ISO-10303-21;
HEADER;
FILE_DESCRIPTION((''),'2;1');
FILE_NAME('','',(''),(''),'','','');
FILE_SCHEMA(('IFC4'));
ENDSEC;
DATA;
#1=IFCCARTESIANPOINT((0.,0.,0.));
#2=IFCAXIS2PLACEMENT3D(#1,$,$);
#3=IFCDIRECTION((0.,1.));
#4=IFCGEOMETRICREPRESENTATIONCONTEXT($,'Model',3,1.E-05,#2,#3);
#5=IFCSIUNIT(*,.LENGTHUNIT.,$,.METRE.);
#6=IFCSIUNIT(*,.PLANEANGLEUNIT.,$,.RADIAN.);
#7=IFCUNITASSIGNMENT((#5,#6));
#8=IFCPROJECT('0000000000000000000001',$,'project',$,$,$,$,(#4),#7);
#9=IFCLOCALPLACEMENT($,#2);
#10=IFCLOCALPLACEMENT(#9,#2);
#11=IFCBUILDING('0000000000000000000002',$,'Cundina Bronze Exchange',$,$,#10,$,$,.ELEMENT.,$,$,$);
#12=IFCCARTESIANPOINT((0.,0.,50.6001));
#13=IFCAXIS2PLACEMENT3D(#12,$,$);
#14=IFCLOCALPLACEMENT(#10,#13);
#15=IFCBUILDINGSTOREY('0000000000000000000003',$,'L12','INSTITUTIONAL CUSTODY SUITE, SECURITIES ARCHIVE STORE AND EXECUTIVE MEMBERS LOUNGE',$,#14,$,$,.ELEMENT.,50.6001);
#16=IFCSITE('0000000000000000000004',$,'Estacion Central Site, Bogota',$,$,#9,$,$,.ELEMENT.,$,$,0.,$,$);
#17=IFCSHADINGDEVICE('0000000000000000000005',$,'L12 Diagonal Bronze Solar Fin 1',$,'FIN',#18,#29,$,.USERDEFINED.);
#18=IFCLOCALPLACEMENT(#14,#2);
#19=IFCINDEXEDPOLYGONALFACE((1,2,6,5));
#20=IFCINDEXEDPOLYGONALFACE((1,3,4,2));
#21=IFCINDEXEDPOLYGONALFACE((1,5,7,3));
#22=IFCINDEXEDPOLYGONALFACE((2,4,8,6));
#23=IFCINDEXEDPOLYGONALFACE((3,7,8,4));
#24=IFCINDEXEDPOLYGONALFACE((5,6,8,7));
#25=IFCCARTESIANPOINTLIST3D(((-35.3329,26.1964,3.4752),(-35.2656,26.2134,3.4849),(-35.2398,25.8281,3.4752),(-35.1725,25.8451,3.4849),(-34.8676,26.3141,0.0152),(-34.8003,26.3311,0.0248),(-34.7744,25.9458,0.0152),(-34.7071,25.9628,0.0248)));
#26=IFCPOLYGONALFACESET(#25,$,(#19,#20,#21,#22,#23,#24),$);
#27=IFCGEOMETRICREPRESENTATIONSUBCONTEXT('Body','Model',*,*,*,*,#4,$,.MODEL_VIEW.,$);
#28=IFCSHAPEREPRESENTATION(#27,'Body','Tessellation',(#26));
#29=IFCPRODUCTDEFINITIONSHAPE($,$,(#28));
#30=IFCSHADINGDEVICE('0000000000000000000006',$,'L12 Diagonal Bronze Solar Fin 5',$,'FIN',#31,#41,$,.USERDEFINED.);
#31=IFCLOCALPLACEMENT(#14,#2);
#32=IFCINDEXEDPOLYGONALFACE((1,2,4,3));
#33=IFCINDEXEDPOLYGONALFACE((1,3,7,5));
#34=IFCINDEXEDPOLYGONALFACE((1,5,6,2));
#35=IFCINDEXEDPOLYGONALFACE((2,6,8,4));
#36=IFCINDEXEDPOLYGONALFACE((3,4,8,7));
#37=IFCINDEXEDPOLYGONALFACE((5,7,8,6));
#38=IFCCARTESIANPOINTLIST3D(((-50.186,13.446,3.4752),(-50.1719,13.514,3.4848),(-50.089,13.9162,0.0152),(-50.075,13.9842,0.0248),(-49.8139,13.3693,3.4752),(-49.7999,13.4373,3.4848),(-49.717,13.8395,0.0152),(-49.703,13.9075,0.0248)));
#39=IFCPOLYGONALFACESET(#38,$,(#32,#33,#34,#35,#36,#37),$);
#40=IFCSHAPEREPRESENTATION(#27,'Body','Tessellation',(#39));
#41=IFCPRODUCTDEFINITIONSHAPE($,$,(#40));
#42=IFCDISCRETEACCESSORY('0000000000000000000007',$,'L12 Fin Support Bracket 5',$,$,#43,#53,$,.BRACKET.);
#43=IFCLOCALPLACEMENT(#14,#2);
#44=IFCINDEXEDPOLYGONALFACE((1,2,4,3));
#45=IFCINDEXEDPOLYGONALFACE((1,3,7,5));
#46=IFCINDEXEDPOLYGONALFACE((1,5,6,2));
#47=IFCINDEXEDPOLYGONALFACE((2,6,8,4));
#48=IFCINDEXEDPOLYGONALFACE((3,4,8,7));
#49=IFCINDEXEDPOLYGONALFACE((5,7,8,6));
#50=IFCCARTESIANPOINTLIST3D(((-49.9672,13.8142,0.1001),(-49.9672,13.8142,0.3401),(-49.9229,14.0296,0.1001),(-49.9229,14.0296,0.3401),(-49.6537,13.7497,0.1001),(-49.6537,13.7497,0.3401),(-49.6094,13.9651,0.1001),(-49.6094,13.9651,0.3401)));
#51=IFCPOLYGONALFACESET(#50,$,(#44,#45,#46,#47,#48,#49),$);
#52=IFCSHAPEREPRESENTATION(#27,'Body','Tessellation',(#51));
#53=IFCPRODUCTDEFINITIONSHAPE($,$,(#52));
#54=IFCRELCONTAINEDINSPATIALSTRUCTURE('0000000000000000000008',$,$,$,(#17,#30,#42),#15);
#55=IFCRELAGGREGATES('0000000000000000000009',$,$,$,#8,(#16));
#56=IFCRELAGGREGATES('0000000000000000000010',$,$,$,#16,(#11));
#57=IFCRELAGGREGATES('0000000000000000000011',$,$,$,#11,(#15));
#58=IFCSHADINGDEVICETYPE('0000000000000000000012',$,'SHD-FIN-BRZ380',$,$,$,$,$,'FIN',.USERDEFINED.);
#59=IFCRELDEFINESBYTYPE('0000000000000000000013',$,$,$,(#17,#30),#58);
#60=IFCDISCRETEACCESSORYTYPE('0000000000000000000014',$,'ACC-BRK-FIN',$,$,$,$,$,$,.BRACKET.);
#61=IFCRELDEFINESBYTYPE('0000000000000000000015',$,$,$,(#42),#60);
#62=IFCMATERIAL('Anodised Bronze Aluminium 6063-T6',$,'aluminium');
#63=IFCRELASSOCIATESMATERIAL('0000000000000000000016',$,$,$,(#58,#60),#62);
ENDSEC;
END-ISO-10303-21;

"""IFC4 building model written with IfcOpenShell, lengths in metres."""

from ifc_helpers import new_model, si_unit, direction, frame, origin, origin_2d, place, context, subcontext, project, spatial, rectangle, extrude, material, material_profile, profile_set, type_object, element, save


model = new_model("IFC4")

# Units and contexts
model_context = context("Model", 3, precision=1e-05, world=origin(), true_north=direction((0.0, 1.0)))
body_context = subcontext(model_context, "Body", "Model", "MODEL_VIEW")
ifc_project = project(units=[si_unit("LENGTHUNIT", "METRE"), si_unit("PLANEANGLEUNIT", "RADIAN")], contexts=[model_context])

# Site, building, storey
site_placement = place(None, origin())
site = spatial("IfcSite", under=ifc_project, at=site_placement, Name="Estacion Central Site, Bogota", CompositionType="ELEMENT", RefElevation=0.0)
building_placement = place(site_placement, origin())
building = spatial("IfcBuilding", under=site, at=building_placement, Name="Cundina Bronze Exchange", CompositionType="ELEMENT")
storey_placement = place(building_placement, frame((0.0, 0.0, 50.6001)))
storey = spatial("IfcBuildingStorey", under=building, at=storey_placement, Name="L12", Description="INSTITUTIONAL CUSTODY SUITE, SECURITIES ARCHIVE STORE AND EXECUTIVE MEMBERS LOUNGE", CompositionType="ELEMENT", Elevation=50.6001)

# Shared definitions
ifc_material_1 = material(Name="Anodised Bronze Aluminium 6063-T6", Category="aluminium")

# Shading devices
ifc_material_profile_1 = material_profile(ifc_material_1, rectangle(XDim=0.0701, YDim=0.3799, at=origin_2d()), Name="FIN70X380", Category="aluminium")
ifc_profile_set_1 = profile_set([ifc_material_profile_1], Name="Anodised Bronze Aluminium 6063-T6")
shading_device_type = type_object("IfcShadingDeviceType", Name="SHD-FIN-BRZ380", ElementType="FIN", PredefinedType="USERDEFINED", material=ifc_profile_set_1)
for number, where, z_axis, x_axis, name in (
    (1, (-34.7874, 26.1384, 0.02), (-0.133215, -0.033688, 0.990514), (0.960285, 0.242842, 0.137408), "L12 Diagonal Bronze Solar Fin 1"),
    (2, (-49.896, 13.9119, 0.02), (-0.027747, -0.134612, 0.99051), (0.199967, 0.970115, 0.137442), "L12 Diagonal Bronze Solar Fin 5"),
):
    element("IfcShadingDevice", number, at=place(storey_placement, frame(where, z_axis=z_axis, x_axis=x_axis)), inside=storey, type_object=shading_device_type, Name=name, ObjectType="FIN", PredefinedType="USERDEFINED", context=body_context, shape_type="SweptSolid", body=[
        extrude(rectangle(XDim=0.0701, YDim=0.3799, at=origin_2d()), origin(), (0.0, 0.0, 1.0), 3.4932),
    ])

# Discrete accessory
discrete_accessory_type = type_object("IfcDiscreteAccessoryType", Name="ACC-BRK-FIN", PredefinedType="BRACKET", material=ifc_material_1)
discrete_accessory_placement = place(storey_placement, frame((-49.7883, 13.8896, 0.1001), z_axis=(0.0, 0.0, 1.0), x_axis=(-0.20142, -0.979505, 0.0)))
element("IfcDiscreteAccessory", 3, at=discrete_accessory_placement, inside=storey, type_object=discrete_accessory_type, Name="L12 Fin Support Bracket 5", PredefinedType="BRACKET", context=body_context, shape_type="SweptSolid", body=[
    extrude(rectangle(XDim=0.22, YDim=0.3201, at=origin_2d()), origin(), (0.0, 0.0, 1.0), 0.24),
])

save(model, "model.ifc")
